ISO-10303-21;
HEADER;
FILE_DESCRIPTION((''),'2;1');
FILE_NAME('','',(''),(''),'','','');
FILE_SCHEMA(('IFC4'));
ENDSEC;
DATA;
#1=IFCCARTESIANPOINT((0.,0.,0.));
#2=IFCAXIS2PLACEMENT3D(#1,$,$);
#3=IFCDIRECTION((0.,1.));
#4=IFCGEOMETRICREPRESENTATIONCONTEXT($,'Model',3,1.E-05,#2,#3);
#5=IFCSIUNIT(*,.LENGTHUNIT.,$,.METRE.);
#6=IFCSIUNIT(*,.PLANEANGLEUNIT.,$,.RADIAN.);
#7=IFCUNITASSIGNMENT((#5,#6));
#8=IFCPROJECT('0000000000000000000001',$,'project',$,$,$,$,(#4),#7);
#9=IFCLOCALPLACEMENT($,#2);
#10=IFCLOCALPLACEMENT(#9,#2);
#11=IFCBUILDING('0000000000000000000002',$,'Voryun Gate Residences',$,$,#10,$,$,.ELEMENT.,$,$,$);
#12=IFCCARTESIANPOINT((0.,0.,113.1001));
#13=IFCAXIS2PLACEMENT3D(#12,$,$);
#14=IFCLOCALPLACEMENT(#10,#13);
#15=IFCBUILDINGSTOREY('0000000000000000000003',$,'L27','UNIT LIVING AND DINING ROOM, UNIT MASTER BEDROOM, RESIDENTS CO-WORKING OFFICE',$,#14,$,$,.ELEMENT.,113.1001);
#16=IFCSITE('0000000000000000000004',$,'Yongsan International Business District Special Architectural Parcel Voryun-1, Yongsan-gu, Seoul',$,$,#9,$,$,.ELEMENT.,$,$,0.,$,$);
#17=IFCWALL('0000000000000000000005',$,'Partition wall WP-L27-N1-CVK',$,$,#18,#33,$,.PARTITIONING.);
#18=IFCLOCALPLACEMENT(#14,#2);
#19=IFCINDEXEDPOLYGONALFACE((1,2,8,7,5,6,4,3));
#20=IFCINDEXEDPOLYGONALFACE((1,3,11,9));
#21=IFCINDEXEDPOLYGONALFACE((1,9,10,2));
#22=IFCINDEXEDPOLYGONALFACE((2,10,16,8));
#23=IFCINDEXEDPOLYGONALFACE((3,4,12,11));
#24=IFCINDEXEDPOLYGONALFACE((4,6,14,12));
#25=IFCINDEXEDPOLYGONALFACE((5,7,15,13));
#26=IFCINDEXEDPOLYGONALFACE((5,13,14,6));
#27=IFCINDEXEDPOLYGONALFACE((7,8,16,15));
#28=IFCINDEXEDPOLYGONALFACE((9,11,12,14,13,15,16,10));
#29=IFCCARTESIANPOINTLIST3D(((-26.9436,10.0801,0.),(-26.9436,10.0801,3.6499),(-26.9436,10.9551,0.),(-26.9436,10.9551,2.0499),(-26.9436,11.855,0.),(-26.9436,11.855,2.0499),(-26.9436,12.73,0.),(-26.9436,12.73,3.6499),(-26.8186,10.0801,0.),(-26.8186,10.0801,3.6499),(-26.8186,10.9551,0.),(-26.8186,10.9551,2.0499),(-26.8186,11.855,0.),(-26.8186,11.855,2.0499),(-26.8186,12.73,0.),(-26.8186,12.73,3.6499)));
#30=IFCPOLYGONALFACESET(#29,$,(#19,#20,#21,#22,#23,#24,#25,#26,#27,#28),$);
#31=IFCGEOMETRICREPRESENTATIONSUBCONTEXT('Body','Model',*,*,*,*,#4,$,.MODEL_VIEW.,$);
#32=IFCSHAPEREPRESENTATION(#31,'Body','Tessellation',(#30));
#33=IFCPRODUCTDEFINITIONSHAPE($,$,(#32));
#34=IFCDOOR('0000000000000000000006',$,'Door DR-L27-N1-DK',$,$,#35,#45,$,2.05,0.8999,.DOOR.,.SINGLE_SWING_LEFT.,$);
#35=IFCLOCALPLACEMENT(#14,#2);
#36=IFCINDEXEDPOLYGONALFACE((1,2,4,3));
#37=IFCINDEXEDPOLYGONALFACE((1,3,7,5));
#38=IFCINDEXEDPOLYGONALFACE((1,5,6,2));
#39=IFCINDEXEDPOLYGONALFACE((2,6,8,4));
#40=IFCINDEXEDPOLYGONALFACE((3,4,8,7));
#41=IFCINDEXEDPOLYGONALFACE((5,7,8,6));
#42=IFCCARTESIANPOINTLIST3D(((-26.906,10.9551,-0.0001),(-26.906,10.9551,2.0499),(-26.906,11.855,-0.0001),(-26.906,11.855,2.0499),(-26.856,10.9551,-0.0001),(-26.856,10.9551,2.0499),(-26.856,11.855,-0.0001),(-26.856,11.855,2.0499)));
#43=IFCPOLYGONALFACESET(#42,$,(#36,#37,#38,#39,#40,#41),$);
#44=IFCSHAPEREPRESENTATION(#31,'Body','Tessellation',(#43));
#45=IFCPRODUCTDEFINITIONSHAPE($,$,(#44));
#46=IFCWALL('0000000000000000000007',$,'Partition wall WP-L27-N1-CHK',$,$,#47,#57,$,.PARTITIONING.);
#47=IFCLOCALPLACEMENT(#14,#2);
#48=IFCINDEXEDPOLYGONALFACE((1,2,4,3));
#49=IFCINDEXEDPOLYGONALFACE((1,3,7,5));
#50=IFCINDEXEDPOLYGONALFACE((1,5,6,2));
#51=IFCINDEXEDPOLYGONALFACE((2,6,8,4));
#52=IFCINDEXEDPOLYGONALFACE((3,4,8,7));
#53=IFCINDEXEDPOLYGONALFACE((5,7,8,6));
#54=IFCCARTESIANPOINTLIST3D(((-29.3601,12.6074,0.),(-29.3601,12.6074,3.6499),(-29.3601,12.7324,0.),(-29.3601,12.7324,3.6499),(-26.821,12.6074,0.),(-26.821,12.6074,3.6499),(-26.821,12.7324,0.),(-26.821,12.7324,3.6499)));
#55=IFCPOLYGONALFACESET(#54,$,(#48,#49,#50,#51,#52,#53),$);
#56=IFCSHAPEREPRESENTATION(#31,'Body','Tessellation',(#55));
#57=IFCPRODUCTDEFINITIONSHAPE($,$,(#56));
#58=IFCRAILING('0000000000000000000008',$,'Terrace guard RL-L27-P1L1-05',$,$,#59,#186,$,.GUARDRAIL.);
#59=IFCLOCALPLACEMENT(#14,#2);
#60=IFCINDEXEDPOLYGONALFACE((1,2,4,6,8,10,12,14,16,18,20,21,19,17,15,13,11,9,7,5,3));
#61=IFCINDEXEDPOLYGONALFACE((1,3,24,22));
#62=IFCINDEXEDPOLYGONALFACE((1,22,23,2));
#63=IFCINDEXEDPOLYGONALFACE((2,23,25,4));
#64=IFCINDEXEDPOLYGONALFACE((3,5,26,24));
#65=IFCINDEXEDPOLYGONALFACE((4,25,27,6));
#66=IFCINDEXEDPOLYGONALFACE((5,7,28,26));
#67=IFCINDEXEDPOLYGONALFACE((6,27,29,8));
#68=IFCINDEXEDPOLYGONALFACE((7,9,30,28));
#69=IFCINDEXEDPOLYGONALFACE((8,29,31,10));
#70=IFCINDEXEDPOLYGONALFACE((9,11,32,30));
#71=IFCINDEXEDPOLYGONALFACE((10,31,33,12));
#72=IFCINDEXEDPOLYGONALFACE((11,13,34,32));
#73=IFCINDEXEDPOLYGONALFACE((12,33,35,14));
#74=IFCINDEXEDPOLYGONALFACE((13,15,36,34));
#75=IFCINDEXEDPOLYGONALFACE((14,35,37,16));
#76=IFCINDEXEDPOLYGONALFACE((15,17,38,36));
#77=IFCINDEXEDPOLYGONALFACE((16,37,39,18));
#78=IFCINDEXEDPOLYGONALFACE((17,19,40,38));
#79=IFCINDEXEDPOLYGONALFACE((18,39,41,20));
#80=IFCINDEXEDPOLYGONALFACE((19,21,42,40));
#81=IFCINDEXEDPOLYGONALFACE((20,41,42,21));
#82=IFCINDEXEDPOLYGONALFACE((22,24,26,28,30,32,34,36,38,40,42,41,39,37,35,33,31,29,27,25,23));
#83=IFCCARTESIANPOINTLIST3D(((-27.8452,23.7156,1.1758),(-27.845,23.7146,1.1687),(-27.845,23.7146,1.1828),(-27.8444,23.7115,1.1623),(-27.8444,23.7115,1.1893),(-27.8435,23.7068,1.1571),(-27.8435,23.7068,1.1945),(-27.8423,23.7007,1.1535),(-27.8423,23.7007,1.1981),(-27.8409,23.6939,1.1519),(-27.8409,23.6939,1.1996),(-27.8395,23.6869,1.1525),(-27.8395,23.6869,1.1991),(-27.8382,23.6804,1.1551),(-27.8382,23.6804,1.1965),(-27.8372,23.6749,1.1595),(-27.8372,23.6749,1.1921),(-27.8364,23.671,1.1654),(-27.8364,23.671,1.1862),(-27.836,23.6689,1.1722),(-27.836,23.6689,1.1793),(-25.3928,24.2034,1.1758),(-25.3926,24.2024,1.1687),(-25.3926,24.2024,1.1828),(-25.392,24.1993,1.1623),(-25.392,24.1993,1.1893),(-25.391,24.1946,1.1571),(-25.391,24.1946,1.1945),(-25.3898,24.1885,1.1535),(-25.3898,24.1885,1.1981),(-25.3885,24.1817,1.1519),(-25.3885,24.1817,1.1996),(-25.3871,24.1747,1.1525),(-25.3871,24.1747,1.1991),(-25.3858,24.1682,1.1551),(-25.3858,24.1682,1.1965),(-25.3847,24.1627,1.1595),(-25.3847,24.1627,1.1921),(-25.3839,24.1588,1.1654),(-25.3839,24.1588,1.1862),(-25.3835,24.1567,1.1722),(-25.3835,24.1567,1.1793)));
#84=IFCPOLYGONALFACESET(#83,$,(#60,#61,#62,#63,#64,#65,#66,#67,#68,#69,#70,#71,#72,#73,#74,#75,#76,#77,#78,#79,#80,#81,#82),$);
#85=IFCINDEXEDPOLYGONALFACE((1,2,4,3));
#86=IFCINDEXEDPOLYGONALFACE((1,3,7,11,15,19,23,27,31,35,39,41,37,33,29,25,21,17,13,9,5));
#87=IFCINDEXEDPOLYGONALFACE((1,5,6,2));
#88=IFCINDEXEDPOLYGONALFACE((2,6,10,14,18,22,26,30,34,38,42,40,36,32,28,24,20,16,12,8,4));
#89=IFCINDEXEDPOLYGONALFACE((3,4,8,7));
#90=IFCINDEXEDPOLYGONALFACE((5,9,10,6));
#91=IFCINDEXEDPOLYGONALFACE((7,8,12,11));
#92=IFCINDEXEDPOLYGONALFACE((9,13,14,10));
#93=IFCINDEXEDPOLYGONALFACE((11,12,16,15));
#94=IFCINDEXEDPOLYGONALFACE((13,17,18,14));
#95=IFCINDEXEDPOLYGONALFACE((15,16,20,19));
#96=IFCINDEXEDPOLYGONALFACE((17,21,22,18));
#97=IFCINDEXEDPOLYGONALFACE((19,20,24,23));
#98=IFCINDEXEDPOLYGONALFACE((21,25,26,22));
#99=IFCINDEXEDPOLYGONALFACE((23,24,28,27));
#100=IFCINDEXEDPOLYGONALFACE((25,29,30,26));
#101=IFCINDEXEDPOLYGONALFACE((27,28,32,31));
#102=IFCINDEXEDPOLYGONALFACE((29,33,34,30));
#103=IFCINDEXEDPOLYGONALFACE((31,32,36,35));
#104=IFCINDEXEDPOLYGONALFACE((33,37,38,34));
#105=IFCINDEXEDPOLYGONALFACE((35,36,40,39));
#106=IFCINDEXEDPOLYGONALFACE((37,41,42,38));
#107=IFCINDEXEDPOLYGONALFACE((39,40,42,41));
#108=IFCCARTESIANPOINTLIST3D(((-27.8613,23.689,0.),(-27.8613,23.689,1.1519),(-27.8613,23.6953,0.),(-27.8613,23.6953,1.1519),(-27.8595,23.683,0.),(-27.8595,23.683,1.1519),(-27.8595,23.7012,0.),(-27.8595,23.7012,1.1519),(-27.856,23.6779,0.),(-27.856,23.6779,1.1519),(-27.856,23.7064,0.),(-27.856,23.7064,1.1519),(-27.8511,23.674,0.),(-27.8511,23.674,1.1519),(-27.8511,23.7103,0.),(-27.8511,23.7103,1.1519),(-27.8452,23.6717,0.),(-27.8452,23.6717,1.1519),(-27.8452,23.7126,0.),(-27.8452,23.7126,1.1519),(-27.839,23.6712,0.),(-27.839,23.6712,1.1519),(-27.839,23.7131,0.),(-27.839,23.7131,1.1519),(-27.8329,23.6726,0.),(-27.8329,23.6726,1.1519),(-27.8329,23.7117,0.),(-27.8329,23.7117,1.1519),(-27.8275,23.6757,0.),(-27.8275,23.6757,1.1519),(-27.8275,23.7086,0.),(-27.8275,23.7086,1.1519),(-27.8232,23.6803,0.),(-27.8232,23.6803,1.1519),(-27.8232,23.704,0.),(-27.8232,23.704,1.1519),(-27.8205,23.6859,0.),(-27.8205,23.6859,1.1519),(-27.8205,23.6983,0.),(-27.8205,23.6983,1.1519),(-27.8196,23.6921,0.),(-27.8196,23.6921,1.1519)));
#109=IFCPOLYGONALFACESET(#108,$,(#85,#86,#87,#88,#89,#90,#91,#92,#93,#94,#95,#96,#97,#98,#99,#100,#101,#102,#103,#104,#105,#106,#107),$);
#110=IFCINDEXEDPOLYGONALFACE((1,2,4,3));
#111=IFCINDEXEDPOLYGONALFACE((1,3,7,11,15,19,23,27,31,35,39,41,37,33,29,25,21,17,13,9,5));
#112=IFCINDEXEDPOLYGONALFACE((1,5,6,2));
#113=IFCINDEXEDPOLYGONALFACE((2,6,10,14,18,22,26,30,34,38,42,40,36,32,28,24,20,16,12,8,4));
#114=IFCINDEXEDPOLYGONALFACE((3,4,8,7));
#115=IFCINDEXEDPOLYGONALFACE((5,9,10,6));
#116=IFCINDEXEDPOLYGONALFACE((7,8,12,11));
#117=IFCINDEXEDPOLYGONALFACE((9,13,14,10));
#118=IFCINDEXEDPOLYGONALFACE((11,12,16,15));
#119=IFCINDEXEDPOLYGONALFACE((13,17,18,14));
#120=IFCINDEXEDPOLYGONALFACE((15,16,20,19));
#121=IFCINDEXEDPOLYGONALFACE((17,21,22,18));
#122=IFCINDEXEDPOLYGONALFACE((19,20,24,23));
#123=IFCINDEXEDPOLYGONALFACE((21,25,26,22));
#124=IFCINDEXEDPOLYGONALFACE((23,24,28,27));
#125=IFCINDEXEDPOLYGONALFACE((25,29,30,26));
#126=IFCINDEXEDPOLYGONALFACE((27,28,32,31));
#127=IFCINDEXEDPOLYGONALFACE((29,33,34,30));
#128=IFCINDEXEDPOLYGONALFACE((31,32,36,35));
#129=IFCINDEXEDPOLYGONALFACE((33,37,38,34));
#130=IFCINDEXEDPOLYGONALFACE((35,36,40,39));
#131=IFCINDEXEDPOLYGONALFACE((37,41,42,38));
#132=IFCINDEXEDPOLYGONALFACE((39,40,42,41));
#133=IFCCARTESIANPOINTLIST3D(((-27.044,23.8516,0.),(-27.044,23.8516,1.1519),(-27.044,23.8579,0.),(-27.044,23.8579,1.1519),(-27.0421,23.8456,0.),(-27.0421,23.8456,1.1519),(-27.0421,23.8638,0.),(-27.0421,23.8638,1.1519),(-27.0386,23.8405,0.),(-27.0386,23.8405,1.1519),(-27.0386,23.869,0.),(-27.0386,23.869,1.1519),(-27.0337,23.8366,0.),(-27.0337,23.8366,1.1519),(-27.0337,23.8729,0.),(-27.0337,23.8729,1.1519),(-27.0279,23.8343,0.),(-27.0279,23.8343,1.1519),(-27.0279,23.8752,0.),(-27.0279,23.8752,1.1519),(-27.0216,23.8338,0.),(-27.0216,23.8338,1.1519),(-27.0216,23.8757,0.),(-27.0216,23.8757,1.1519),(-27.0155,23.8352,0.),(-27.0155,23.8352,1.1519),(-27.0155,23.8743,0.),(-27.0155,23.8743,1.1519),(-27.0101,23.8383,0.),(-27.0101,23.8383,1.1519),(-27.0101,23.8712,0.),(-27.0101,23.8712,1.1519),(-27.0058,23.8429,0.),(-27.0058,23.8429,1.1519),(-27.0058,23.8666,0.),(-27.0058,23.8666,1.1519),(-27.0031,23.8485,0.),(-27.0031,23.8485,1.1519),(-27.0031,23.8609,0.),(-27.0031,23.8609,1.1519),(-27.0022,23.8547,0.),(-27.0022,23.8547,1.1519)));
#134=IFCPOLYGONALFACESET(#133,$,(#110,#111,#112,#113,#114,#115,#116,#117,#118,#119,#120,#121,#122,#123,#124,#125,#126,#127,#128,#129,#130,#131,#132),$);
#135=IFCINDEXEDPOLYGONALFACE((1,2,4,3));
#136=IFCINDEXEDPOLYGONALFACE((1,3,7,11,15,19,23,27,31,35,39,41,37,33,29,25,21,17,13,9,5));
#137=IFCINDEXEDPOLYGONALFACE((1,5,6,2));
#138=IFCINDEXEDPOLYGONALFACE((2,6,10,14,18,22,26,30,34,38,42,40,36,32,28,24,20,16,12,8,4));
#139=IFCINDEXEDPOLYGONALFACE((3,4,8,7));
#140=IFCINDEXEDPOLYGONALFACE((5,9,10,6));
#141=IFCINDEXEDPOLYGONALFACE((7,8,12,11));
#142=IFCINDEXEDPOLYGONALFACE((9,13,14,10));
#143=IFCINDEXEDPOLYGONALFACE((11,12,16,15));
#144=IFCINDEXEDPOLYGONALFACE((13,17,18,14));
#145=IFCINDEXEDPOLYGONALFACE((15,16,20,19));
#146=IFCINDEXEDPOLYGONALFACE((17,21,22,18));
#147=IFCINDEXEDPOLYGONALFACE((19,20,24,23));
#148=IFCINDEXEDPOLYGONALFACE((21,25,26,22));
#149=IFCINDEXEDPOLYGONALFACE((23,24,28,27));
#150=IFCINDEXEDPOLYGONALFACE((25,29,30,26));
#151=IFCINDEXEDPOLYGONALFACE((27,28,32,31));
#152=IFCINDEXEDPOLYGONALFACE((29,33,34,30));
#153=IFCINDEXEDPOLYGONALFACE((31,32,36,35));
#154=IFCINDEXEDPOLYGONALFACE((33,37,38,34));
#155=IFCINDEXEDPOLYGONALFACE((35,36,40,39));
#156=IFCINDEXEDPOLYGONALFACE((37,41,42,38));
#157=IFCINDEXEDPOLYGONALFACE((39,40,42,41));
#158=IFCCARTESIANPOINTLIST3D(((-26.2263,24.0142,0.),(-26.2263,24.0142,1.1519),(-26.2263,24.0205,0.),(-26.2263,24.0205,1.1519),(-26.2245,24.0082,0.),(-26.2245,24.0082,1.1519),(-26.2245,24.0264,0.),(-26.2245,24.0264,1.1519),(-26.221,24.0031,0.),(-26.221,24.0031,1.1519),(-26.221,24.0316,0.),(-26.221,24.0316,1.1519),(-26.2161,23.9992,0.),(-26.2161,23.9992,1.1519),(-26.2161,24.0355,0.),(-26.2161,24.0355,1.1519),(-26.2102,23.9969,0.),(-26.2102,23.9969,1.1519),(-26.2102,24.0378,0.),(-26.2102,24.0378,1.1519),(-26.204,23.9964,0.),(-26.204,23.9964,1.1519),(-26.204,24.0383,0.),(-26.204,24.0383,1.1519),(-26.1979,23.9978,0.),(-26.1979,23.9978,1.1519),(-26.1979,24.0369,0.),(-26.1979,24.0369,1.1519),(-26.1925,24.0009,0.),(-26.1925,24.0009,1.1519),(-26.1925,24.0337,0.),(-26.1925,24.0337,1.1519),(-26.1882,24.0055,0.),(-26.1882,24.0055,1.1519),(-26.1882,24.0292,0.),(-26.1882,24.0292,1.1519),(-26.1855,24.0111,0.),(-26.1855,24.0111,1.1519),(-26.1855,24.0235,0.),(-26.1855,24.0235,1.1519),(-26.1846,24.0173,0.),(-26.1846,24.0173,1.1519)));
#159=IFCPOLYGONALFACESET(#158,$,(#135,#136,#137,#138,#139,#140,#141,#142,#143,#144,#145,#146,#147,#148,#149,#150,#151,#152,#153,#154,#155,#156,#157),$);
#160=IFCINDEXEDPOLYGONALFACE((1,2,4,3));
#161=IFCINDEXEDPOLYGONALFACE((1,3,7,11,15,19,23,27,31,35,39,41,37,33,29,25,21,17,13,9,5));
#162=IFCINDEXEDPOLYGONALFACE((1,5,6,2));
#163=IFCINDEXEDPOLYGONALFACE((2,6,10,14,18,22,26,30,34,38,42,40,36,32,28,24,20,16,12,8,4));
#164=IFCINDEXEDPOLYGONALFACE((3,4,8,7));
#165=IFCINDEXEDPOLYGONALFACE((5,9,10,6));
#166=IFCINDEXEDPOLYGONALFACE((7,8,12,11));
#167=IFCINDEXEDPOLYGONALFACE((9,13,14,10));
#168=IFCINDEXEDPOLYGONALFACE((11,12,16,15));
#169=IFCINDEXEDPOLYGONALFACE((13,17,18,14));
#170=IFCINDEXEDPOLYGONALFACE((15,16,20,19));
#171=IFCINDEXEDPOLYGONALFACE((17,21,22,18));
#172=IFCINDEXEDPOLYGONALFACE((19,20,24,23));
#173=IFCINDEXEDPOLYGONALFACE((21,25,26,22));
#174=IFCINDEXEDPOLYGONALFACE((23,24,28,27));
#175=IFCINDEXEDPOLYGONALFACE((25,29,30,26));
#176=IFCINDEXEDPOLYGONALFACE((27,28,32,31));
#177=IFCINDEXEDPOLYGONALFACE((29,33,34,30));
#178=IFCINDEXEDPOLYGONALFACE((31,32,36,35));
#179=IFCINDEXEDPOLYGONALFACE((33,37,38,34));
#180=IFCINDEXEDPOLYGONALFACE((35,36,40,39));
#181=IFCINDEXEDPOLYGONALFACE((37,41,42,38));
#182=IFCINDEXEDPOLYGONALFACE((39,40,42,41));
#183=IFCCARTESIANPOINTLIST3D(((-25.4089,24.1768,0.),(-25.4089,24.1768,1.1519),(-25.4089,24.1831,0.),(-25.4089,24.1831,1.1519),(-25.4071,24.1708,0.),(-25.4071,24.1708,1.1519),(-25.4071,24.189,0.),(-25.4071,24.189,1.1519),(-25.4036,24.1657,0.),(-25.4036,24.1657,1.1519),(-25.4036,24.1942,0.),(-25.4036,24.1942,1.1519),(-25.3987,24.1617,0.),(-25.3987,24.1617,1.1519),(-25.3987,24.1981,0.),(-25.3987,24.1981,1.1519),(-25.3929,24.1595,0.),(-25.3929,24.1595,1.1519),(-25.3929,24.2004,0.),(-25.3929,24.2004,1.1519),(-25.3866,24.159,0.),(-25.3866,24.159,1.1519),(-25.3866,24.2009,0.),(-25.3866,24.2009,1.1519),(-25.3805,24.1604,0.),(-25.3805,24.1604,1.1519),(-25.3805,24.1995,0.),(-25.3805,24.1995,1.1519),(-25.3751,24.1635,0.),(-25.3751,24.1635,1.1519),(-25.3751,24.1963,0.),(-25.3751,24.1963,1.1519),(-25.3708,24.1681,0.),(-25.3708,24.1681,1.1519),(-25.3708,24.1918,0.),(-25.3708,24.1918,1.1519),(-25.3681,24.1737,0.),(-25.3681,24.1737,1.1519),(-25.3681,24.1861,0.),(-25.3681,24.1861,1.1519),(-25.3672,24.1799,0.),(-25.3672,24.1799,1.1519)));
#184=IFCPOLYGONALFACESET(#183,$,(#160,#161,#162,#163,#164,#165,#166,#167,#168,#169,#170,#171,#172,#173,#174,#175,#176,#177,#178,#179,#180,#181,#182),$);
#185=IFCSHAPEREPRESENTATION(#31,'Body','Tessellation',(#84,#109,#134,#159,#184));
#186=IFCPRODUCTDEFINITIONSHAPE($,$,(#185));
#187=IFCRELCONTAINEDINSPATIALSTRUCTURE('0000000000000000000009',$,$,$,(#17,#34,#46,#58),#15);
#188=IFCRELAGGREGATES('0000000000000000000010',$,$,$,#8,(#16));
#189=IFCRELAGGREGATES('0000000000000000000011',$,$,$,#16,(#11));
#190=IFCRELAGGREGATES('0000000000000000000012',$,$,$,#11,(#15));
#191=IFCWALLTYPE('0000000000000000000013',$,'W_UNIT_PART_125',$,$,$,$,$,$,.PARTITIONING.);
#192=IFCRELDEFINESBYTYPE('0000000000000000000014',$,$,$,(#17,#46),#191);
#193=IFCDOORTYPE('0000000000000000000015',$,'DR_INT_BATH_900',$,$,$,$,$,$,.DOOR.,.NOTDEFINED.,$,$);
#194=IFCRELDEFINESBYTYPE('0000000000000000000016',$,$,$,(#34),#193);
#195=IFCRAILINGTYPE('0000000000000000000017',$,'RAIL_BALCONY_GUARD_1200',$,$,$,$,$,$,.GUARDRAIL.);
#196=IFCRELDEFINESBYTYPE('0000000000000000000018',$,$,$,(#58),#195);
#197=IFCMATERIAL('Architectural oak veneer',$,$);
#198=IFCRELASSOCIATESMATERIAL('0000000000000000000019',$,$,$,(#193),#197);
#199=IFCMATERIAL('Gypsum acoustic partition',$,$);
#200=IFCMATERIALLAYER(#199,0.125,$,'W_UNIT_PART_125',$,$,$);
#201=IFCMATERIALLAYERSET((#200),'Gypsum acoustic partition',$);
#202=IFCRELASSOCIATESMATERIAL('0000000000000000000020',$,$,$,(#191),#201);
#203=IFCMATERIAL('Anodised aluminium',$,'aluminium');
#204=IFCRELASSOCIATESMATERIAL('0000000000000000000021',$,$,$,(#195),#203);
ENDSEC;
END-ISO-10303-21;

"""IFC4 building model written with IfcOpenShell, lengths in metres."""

from ifc_helpers import new_model, si_unit, direction, frame, frame_2d, origin, origin_2d, place, context, subcontext, project, spatial, rectangle, circle, extrude, material, layer, layer_set, type_object, element, fill, save


model = new_model("IFC4")

# Units and contexts
model_context = context("Model", 3, precision=1e-05, world=origin(), true_north=direction((0.0, 1.0)))
body_context = subcontext(model_context, "Body", "Model", "MODEL_VIEW")
ifc_project = project(units=[si_unit("LENGTHUNIT", "METRE"), si_unit("PLANEANGLEUNIT", "RADIAN")], contexts=[model_context])

# Site, building, storey
site_placement = place(None, origin())
site = spatial("IfcSite", under=ifc_project, at=site_placement, Name="Yongsan International Business District Special Architectural Parcel Voryun-1, Yongsan-gu, Seoul", CompositionType="ELEMENT", RefElevation=0.0)
building_placement = place(site_placement, origin())
building = spatial("IfcBuilding", under=site, at=building_placement, Name="Voryun Gate Residences", CompositionType="ELEMENT")
storey_placement = place(building_placement, frame((0.0, 0.0, 113.1001)))
storey = spatial("IfcBuildingStorey", under=building, at=storey_placement, Name="L27", Description="UNIT LIVING AND DINING ROOM, UNIT MASTER BEDROOM, RESIDENTS CO-WORKING OFFICE", CompositionType="ELEMENT", Elevation=113.1001)

# Shared definitions
ifc_material_1 = material(Name="Architectural oak veneer")
door_type_1 = type_object("IfcDoorType", Name="DR_INT_BATH_900", OperationType="NOTDEFINED", PredefinedType="DOOR", material=ifc_material_1)

# Wall, opening, door
ifc_material_2 = material(Name="Gypsum acoustic partition")
ifc_layer_1 = layer(ifc_material_2, 0.125, Name="W_UNIT_PART_125")
ifc_layer_set_1 = layer_set([ifc_layer_1], Name="Gypsum acoustic partition")
wall_type_1 = type_object("IfcWallType", Name="W_UNIT_PART_125", PredefinedType="PARTITIONING", material=ifc_layer_set_1)
wall_1_placement = place(storey_placement, frame((-26.8811, 10.0801, 0.0), z_axis=(0.0, 0.0, 1.0), x_axis=(0.0, 1.0, 0.0)))
wall_1 = element("IfcWall", 1, at=wall_1_placement, inside=storey, type_object=wall_type_1, Name="Partition wall WP-L27-N1-CVK", PredefinedType="PARTITIONING", context=body_context, shape_type="SweptSolid", body=[
    extrude(rectangle(XDim=2.6499, YDim=0.125, at=frame_2d((1.325, 0.0))), origin(), (0.0, 0.0, 1.0), 3.6499),
])
opening_1_placement = place(wall_1_placement, frame((0.875, 0.0, 0.0)))
opening_1 = element("IfcOpeningElement", 2, at=opening_1_placement, cuts=wall_1, PredefinedType="OPENING", context=body_context, shape_type="SweptSolid", body=[
    extrude(rectangle(XDim=0.8999, YDim=2.05, at=frame_2d((0.45, 1.0249))), frame((0.0, 0.0725, 0.0), z_axis=(0.0, -1.0, 0.0), x_axis=(1.0, 0.0, 0.0)), (0.0, 0.0, 1.0), 0.145),
])
door_1_placement = place(opening_1_placement, origin())
door_1 = element("IfcDoor", 3, at=door_1_placement, inside=storey, type_object=door_type_1, Name="Door DR-L27-N1-DK", OperationType="SINGLE_SWING_LEFT", OverallHeight=2.05, OverallWidth=0.8999, PredefinedType="DOOR", context=body_context, shape_type="SweptSolid", body=[
    extrude(rectangle(XDim=0.8999, YDim=2.05, at=frame_2d((0.45, 1.0249))), frame((0.0, 0.0249, 0.0), z_axis=(0.0, -1.0, 0.0), x_axis=(1.0, 0.0, 0.0)), (0.0, 0.0, 1.0), 0.05),
])
fill(opening_1, door_1)

# Wall
wall_2_placement = place(storey_placement, frame((-29.3601, 12.6699, 0.0), z_axis=(0.0, 0.0, 1.0), x_axis=(1.0, 0.0, 0.0)))
element("IfcWall", 4, at=wall_2_placement, inside=storey, type_object=wall_type_1, Name="Partition wall WP-L27-N1-CHK", PredefinedType="PARTITIONING", context=body_context, shape_type="SweptSolid", body=[
    extrude(rectangle(XDim=2.5391, YDim=0.125, at=frame_2d((1.2695, 0.0))), origin(), (0.0, 0.0, 1.0), 3.6499),
])

# Railing
ifc_material_3 = material(Name="Anodised aluminium", Category="aluminium")
railing_type = type_object("IfcRailingType", Name="RAIL_BALCONY_GUARD_1200", PredefinedType="GUARDRAIL", material=ifc_material_3)
railing_1_placement = place(storey_placement, frame((-27.8406, 23.6921, 0.0)))
element("IfcRailing", 5, at=railing_1_placement, inside=storey, type_object=railing_type, Name="Terrace guard RL-L27-P1L1-05", PredefinedType="GUARDRAIL", context=body_context, shape_type="SweptSolid", body=[
    extrude(circle(Radius=0.0239, at=origin_2d()), frame((0.0, 0.0, 1.1758), z_axis=(0.980787, 0.195083, 0.0), x_axis=(-0.195083, 0.980787, 0.0)), (0.0, 0.0, 1.0), 2.5005),
    extrude(circle(Radius=0.021, at=origin_2d()), origin(), (0.0, 0.0, 1.0), 1.1519),
    extrude(circle(Radius=0.021, at=origin_2d()), frame((0.8174, 0.1626, 0.0)), (0.0, 0.0, 1.0), 1.1519),
    extrude(circle(Radius=0.021, at=origin_2d()), frame((1.635, 0.3252, 0.0)), (0.0, 0.0, 1.0), 1.1519),
    extrude(circle(Radius=0.021, at=origin_2d()), frame((2.4524, 0.4878, 0.0)), (0.0, 0.0, 1.0), 1.1519),
])

save(model, "model.ifc")
